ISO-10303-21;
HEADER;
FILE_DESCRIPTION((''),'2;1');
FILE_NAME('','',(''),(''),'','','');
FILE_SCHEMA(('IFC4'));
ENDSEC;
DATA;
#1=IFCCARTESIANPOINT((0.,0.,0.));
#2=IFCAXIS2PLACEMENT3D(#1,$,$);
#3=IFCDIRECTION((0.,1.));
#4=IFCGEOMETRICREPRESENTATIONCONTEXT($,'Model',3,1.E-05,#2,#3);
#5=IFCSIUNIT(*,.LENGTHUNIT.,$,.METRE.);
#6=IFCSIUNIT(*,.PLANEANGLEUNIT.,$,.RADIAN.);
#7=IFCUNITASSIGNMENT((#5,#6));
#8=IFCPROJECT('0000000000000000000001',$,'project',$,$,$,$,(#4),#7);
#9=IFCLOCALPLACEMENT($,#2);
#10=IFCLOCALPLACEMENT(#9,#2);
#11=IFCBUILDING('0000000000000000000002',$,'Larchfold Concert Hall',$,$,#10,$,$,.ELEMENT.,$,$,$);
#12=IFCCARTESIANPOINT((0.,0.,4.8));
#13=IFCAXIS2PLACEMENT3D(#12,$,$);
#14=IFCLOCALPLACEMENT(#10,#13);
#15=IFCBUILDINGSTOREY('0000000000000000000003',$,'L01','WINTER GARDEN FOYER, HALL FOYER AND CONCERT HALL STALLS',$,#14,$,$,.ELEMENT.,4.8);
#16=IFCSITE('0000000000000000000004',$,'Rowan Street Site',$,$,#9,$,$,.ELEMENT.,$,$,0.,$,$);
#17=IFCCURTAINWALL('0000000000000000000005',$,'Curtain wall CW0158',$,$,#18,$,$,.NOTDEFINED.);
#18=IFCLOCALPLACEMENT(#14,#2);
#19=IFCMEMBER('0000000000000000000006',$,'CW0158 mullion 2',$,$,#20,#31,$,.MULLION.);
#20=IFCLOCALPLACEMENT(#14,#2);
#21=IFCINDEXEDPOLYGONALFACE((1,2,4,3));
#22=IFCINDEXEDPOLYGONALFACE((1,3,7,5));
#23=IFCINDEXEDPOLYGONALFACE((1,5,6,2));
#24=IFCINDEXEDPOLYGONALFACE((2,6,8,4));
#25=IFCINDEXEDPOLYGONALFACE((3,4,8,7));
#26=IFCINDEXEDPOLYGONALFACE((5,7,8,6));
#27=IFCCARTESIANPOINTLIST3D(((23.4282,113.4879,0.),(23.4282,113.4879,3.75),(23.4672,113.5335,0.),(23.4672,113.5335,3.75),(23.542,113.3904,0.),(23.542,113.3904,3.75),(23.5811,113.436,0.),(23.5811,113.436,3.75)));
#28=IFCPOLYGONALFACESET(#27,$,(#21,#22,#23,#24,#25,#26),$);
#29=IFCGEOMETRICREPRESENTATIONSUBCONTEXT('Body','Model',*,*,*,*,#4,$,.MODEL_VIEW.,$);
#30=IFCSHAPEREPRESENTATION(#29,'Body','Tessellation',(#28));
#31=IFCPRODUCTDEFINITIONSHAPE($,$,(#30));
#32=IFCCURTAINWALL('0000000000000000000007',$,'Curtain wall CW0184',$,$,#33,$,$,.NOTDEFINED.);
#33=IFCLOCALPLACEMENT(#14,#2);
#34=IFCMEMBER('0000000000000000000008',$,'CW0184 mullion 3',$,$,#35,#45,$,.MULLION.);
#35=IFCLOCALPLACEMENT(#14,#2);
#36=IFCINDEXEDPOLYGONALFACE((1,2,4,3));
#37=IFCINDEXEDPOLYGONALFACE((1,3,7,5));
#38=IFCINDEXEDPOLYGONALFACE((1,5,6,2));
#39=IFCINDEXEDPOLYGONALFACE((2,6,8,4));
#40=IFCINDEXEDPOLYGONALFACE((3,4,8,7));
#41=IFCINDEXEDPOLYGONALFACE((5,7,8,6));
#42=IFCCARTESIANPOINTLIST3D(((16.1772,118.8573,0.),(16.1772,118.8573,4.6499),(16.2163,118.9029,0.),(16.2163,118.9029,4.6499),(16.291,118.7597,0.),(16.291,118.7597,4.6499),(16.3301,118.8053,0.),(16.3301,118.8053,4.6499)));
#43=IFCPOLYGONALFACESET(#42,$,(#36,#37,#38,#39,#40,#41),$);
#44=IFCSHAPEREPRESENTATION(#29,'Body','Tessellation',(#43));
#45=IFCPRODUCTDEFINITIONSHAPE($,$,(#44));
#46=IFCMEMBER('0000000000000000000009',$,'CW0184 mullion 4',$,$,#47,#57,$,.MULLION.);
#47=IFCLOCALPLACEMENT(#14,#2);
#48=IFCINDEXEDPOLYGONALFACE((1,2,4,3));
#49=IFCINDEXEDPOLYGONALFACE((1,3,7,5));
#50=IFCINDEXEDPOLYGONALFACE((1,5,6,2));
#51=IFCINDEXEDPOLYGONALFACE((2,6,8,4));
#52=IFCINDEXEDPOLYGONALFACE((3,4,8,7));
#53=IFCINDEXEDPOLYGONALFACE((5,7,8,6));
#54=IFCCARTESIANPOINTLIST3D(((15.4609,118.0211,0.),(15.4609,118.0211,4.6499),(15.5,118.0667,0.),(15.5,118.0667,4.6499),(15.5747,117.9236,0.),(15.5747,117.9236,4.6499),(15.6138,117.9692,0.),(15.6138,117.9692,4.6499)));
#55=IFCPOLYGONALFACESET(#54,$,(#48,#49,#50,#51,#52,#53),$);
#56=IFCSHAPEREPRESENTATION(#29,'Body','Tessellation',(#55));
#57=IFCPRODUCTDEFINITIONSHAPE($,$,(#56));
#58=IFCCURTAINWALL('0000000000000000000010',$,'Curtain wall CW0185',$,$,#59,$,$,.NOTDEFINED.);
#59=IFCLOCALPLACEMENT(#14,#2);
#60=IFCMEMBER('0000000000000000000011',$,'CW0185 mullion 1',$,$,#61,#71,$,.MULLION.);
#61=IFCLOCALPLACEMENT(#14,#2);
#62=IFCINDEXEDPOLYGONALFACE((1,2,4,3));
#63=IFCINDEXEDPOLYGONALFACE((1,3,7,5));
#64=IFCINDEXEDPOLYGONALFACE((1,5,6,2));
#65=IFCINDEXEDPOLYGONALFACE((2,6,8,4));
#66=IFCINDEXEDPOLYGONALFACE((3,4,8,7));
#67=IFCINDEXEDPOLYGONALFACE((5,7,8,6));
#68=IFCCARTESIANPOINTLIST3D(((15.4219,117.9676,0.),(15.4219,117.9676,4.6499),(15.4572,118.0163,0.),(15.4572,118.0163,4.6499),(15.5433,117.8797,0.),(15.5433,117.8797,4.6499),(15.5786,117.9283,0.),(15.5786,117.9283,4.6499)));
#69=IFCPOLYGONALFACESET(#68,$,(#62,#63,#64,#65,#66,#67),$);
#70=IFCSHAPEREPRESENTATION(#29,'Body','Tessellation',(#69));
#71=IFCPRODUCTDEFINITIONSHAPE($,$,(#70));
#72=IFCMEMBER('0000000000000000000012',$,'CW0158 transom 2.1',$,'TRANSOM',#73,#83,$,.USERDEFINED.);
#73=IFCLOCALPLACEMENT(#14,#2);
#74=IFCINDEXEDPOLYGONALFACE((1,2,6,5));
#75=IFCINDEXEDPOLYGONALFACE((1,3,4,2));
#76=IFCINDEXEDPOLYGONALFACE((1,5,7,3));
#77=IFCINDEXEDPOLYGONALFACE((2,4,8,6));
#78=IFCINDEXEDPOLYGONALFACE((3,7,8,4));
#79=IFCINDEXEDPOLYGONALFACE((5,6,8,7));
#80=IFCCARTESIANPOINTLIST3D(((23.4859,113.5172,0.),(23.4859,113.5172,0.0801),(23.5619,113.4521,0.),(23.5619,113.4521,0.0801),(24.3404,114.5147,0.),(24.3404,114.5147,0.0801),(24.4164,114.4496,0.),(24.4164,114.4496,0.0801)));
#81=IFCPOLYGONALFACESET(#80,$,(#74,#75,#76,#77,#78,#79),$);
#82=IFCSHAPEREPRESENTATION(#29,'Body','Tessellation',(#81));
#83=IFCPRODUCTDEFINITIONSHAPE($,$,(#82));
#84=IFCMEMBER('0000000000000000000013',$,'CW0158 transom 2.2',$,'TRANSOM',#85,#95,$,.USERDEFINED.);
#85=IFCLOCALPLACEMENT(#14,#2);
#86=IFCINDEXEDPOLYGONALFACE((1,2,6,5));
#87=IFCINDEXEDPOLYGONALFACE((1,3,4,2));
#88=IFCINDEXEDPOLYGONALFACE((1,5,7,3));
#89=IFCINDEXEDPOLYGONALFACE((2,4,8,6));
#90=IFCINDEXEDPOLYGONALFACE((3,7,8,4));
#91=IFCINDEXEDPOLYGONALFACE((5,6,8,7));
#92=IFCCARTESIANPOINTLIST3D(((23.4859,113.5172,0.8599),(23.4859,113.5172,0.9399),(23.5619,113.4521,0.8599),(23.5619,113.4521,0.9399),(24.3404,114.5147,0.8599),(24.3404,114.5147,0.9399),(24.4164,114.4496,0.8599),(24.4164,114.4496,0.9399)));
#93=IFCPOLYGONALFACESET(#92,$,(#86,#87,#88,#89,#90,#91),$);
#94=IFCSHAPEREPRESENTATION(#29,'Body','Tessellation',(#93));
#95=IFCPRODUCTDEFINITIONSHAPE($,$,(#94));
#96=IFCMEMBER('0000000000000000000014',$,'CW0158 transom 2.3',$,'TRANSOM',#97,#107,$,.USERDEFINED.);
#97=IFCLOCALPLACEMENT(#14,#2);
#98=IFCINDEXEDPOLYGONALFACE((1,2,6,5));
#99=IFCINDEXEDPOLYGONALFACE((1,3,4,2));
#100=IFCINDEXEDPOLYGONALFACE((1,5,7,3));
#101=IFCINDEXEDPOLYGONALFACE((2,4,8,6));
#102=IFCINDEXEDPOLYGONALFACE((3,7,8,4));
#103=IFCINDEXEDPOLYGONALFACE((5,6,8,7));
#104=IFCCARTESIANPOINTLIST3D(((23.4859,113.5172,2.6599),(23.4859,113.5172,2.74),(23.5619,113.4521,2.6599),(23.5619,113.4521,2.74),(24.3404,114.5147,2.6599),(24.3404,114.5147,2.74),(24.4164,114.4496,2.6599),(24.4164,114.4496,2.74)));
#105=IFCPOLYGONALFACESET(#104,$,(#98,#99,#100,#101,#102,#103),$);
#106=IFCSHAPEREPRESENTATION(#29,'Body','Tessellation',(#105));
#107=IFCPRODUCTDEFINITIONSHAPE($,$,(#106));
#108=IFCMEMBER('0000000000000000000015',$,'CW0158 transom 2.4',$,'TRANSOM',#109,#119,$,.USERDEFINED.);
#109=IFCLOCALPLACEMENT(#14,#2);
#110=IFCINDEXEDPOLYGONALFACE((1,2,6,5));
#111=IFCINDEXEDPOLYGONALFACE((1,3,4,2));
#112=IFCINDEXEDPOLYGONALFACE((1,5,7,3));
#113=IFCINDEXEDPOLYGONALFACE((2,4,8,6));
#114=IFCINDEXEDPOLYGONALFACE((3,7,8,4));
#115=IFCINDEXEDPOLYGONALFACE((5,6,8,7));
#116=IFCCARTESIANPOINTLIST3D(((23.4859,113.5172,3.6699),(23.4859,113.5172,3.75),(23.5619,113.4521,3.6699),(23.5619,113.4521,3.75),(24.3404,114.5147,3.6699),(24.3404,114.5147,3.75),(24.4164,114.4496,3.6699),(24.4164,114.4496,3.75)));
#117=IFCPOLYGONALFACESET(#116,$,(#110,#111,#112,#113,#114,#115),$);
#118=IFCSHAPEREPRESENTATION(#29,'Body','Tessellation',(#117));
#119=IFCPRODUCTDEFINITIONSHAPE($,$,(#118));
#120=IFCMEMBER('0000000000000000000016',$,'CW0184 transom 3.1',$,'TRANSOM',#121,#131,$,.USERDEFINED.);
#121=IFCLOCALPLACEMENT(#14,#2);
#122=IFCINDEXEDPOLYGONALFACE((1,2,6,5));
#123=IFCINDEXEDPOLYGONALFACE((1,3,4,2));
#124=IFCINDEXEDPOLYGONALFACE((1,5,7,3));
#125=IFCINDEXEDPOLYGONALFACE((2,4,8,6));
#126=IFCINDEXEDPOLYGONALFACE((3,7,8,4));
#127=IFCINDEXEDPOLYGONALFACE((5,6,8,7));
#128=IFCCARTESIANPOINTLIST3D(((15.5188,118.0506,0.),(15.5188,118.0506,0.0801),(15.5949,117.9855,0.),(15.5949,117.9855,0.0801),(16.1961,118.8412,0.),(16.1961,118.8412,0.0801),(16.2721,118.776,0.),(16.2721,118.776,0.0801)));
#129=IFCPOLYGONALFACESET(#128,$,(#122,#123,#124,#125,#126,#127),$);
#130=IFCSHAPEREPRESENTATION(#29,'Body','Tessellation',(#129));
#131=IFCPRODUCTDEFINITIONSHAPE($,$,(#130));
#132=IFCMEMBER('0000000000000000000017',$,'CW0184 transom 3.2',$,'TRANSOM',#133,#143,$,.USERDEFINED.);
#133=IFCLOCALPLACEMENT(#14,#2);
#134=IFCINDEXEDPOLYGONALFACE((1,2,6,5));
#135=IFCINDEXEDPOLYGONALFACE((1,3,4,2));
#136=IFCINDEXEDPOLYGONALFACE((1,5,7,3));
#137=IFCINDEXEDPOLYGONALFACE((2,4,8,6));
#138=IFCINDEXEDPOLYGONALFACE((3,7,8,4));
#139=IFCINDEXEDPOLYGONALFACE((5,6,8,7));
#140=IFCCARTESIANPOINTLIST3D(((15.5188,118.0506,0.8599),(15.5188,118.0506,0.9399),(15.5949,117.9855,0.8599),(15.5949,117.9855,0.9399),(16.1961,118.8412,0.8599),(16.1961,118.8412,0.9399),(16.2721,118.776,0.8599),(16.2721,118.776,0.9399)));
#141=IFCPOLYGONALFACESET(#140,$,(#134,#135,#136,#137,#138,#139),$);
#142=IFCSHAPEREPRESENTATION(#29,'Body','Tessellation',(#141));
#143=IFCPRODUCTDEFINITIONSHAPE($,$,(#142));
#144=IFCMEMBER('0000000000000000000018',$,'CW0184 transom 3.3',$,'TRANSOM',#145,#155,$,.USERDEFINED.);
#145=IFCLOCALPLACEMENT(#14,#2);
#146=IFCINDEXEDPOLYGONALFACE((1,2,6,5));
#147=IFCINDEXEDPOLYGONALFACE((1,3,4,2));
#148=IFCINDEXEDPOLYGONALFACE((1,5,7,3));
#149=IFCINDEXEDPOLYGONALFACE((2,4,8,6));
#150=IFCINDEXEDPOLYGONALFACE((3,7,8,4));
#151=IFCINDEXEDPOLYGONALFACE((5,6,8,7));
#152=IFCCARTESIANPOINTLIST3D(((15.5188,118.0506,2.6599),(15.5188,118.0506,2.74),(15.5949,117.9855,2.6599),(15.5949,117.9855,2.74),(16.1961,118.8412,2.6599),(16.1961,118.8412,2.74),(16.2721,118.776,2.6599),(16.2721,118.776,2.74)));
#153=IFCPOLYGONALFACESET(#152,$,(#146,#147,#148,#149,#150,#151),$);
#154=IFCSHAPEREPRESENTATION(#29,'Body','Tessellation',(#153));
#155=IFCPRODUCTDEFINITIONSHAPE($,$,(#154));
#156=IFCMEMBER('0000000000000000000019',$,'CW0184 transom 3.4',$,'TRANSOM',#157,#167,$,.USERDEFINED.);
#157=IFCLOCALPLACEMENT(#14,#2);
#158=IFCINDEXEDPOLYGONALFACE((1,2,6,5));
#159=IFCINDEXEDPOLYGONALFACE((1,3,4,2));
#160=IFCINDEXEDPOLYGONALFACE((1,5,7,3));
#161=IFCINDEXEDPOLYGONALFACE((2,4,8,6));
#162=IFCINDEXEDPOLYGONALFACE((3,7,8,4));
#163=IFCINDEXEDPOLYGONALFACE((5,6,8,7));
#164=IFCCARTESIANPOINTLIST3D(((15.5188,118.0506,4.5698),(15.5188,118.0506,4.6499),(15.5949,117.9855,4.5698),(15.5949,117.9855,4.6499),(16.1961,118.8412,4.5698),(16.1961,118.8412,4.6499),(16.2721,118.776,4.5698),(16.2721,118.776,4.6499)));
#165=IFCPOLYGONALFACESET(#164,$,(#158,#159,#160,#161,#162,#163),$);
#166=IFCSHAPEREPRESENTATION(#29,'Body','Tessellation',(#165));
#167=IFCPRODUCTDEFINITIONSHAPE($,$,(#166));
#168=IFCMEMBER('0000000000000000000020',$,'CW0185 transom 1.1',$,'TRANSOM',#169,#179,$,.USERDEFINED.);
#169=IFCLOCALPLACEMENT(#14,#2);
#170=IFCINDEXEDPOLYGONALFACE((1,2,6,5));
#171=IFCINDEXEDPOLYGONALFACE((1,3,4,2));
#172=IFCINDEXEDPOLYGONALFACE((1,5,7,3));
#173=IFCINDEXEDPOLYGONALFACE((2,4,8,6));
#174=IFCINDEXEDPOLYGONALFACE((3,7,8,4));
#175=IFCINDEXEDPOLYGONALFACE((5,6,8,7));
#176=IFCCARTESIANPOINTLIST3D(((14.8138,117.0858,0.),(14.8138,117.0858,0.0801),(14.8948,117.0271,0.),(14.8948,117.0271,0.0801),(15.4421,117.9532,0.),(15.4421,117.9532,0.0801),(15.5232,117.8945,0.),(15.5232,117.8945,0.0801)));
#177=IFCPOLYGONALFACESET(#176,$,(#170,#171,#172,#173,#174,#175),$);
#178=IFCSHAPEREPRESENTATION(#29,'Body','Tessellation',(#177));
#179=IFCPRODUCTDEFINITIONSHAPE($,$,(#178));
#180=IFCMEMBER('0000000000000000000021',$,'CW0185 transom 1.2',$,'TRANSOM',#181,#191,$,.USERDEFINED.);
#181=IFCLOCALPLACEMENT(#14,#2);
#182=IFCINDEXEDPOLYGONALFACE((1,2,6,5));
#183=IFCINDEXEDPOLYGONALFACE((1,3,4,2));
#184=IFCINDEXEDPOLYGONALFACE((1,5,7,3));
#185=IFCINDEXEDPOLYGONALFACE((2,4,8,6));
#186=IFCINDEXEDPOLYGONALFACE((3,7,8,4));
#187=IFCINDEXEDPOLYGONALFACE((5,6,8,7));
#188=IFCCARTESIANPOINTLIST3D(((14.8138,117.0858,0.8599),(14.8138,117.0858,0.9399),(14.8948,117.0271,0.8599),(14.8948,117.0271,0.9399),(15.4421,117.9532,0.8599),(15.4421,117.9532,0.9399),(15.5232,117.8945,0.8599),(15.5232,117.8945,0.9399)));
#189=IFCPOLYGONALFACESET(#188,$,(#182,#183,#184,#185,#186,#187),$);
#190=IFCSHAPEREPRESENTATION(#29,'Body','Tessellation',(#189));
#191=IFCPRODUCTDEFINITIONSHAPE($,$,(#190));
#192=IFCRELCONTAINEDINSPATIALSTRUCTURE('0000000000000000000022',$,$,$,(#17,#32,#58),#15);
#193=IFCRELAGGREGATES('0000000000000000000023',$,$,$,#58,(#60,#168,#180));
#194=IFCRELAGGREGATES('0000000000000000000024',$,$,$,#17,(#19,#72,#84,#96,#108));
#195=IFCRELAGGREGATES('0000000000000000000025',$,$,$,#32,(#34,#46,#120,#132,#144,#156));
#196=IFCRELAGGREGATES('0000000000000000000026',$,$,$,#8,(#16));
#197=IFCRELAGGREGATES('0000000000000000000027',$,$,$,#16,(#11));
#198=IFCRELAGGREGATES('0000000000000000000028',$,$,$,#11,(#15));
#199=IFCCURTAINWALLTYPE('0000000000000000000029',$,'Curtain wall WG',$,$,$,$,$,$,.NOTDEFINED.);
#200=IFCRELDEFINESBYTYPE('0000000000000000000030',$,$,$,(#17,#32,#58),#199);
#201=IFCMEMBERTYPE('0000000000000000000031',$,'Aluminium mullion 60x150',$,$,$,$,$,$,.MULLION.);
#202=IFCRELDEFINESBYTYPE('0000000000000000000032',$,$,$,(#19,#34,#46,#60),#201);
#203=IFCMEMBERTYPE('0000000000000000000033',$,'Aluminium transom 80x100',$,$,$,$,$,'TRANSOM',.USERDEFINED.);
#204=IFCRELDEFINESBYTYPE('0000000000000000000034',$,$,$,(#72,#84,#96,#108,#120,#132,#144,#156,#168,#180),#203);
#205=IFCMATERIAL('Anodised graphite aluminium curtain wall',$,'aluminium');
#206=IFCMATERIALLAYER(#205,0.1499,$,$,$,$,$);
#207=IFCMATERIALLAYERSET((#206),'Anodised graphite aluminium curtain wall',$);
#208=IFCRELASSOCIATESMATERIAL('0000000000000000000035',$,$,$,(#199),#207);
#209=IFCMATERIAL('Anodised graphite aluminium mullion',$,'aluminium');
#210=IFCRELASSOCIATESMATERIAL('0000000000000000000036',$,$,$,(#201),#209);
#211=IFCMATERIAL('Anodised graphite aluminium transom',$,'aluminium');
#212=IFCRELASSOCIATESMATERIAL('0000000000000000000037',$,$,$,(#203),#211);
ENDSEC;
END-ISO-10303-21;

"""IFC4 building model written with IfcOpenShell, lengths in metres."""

from ifc_helpers import new_model, si_unit, direction, frame, origin, origin_2d, place, context, subcontext, project, spatial, rectangle, extrude, material, layer, layer_set, material_profile, profile_set, type_object, element, aggregate, save


model = new_model("IFC4")

# Units and contexts
model_context = context("Model", 3, precision=1e-05, world=origin(), true_north=direction((0.0, 1.0)))
body_context = subcontext(model_context, "Body", "Model", "MODEL_VIEW")
ifc_project = project(units=[si_unit("LENGTHUNIT", "METRE"), si_unit("PLANEANGLEUNIT", "RADIAN")], contexts=[model_context])

# Site, building, storey
site_placement = place(None, origin())
site = spatial("IfcSite", under=ifc_project, at=site_placement, Name="Rowan Street Site", CompositionType="ELEMENT", RefElevation=0.0)
building_placement = place(site_placement, origin())
building = spatial("IfcBuilding", under=site, at=building_placement, Name="Larchfold Concert Hall", CompositionType="ELEMENT")
storey_placement = place(building_placement, frame((0.0, 0.0, 4.8)))
storey = spatial("IfcBuildingStorey", under=building, at=storey_placement, Name="L01", Description="WINTER GARDEN FOYER, HALL FOYER AND CONCERT HALL STALLS", CompositionType="ELEMENT", Elevation=4.8)

# Curtain wall, member
ifc_material_1 = material(Name="Anodised graphite aluminium curtain wall", Category="aluminium")
ifc_layer_1 = layer(ifc_material_1, 0.1499)
ifc_layer_set_1 = layer_set([ifc_layer_1], Name="Anodised graphite aluminium curtain wall")
curtain_wall_type = type_object("IfcCurtainWallType", Name="Curtain wall WG", PredefinedType="NOTDEFINED", material=ifc_layer_set_1)
curtain_wall_1_placement = place(storey_placement, origin())
curtain_wall_1 = element("IfcCurtainWall", 1, at=curtain_wall_1_placement, inside=storey, type_object=curtain_wall_type, Name="Curtain wall CW0158", PredefinedType="NOTDEFINED")
ifc_material_2 = material(Name="Anodised graphite aluminium mullion", Category="aluminium")
ifc_material_profile_1 = material_profile(ifc_material_2, rectangle(XDim=0.1499, YDim=0.0601, at=origin_2d()))
ifc_profile_set_1 = profile_set([ifc_material_profile_1], Name="Anodised graphite aluminium mullion")
member_type_1 = type_object("IfcMemberType", Name="Aluminium mullion 60x150", PredefinedType="MULLION", material=ifc_profile_set_1)
member_1_placement = place(storey_placement, frame((23.5046, 113.4619, 0.0), z_axis=(0.0, 0.0, 1.0), x_axis=(-0.759496, 0.650512, 0.0)))
member_1 = element("IfcMember", 2, at=member_1_placement, type_object=member_type_1, Name="CW0158 mullion 2", PredefinedType="MULLION", context=body_context, shape_type="SweptSolid", body=[
    extrude(rectangle(XDim=0.1499, YDim=0.0601, at=origin_2d()), origin(), (0.0, 0.0, 1.0), 3.75),
])

# Curtain wall, members
curtain_wall_2_placement = place(storey_placement, origin())
curtain_wall_2 = element("IfcCurtainWall", 3, at=curtain_wall_2_placement, inside=storey, type_object=curtain_wall_type, Name="Curtain wall CW0184", PredefinedType="NOTDEFINED")
member_2_placement = place(storey_placement, frame((16.2537, 118.8313, 0.0), z_axis=(0.0, 0.0, 1.0), x_axis=(0.759445, -0.650572, 0.0)))
member_2 = element("IfcMember", 4, at=member_2_placement, type_object=member_type_1, Name="CW0184 mullion 3", PredefinedType="MULLION", context=body_context, shape_type="SweptSolid", body=[
    extrude(rectangle(XDim=0.1499, YDim=0.0601, at=origin_2d()), origin(), (0.0, 0.0, 1.0), 4.6499),
])
member_3_placement = place(storey_placement, frame((15.5374, 117.9951, 0.0), z_axis=(0.0, 0.0, 1.0), x_axis=(0.759445, -0.650572, 0.0)))
member_3 = element("IfcMember", 5, at=member_3_placement, type_object=member_type_1, Name="CW0184 mullion 4", PredefinedType="MULLION", context=body_context, shape_type="SweptSolid", body=[
    extrude(rectangle(XDim=0.1499, YDim=0.0601, at=origin_2d()), origin(), (0.0, 0.0, 1.0), 4.6499),
])

# Curtain wall, member
curtain_wall_3_placement = place(storey_placement, origin())
curtain_wall_3 = element("IfcCurtainWall", 6, at=curtain_wall_3_placement, inside=storey, type_object=curtain_wall_type, Name="Curtain wall CW0185", PredefinedType="NOTDEFINED")
member_4_placement = place(storey_placement, frame((15.5002, 117.948, 0.0), z_axis=(0.0, 0.0, 1.0), x_axis=(0.809847, -0.586641, 0.0)))
member_4 = element("IfcMember", 7, at=member_4_placement, type_object=member_type_1, Name="CW0185 mullion 1", PredefinedType="MULLION", context=body_context, shape_type="SweptSolid", body=[
    extrude(rectangle(XDim=0.1499, YDim=0.0601, at=origin_2d()), origin(), (0.0, 0.0, 1.0), 4.6499),
])

# Members
ifc_material_3 = material(Name="Anodised graphite aluminium transom", Category="aluminium")
ifc_material_profile_2 = material_profile(ifc_material_3, rectangle(XDim=0.1001, YDim=0.0801, at=origin_2d()))
ifc_profile_set_2 = profile_set([ifc_material_profile_2], Name="Anodised graphite aluminium transom")
member_type_2 = type_object("IfcMemberType", Name="Aluminium transom 80x100", ElementType="TRANSOM", PredefinedType="USERDEFINED", material=ifc_profile_set_2)
member_5_placement = place(storey_placement, frame((23.5239, 113.4846, 0.04), z_axis=(0.650546, 0.759466, 0.0), x_axis=(-0.759466, 0.650546, 0.0)))
member_5 = element("IfcMember", 8, at=member_5_placement, type_object=member_type_2, Name="CW0158 transom 2.1", ObjectType="TRANSOM", PredefinedType="USERDEFINED", context=body_context, shape_type="SweptSolid", body=[
    extrude(rectangle(XDim=0.1001, YDim=0.0801, at=origin_2d()), origin(), (0.0, 0.0, 1.0), 1.3135),
])
member_6_placement = place(storey_placement, frame((23.5239, 113.4846, 0.8999), z_axis=(0.650546, 0.759466, 0.0), x_axis=(-0.759466, 0.650546, 0.0)))
member_6 = element("IfcMember", 9, at=member_6_placement, type_object=member_type_2, Name="CW0158 transom 2.2", ObjectType="TRANSOM", PredefinedType="USERDEFINED", context=body_context, shape_type="SweptSolid", body=[
    extrude(rectangle(XDim=0.1001, YDim=0.0801, at=origin_2d()), origin(), (0.0, 0.0, 1.0), 1.3135),
])
member_7_placement = place(storey_placement, frame((23.5239, 113.4846, 2.7), z_axis=(0.650546, 0.759466, 0.0), x_axis=(-0.759466, 0.650546, 0.0)))
member_7 = element("IfcMember", 10, at=member_7_placement, type_object=member_type_2, Name="CW0158 transom 2.3", ObjectType="TRANSOM", PredefinedType="USERDEFINED", context=body_context, shape_type="SweptSolid", body=[
    extrude(rectangle(XDim=0.1001, YDim=0.0801, at=origin_2d()), origin(), (0.0, 0.0, 1.0), 1.3135),
])
member_8_placement = place(storey_placement, frame((23.5239, 113.4846, 3.71), z_axis=(0.650546, 0.759466, 0.0), x_axis=(-0.759466, 0.650546, 0.0)))
member_8 = element("IfcMember", 11, at=member_8_placement, type_object=member_type_2, Name="CW0158 transom 2.4", ObjectType="TRANSOM", PredefinedType="USERDEFINED", context=body_context, shape_type="SweptSolid", body=[
    extrude(rectangle(XDim=0.1001, YDim=0.0801, at=origin_2d()), origin(), (0.0, 0.0, 1.0), 1.3135),
])
member_9_placement = place(storey_placement, frame((16.2341, 118.8086, 0.04), z_axis=(-0.650598, -0.759422, 0.0), x_axis=(0.759422, -0.650598, 0.0)))
member_9 = element("IfcMember", 12, at=member_9_placement, type_object=member_type_2, Name="CW0184 transom 3.1", ObjectType="TRANSOM", PredefinedType="USERDEFINED", context=body_context, shape_type="SweptSolid", body=[
    extrude(rectangle(XDim=0.1001, YDim=0.0801, at=origin_2d()), origin(), (0.0, 0.0, 1.0), 1.041),
])
member_10_placement = place(storey_placement, frame((16.2341, 118.8086, 0.8999), z_axis=(-0.650598, -0.759422, 0.0), x_axis=(0.759422, -0.650598, 0.0)))
member_10 = element("IfcMember", 13, at=member_10_placement, type_object=member_type_2, Name="CW0184 transom 3.2", ObjectType="TRANSOM", PredefinedType="USERDEFINED", context=body_context, shape_type="SweptSolid", body=[
    extrude(rectangle(XDim=0.1001, YDim=0.0801, at=origin_2d()), origin(), (0.0, 0.0, 1.0), 1.041),
])
member_11_placement = place(storey_placement, frame((16.2341, 118.8086, 2.7), z_axis=(-0.650598, -0.759422, 0.0), x_axis=(0.759422, -0.650598, 0.0)))
member_11 = element("IfcMember", 14, at=member_11_placement, type_object=member_type_2, Name="CW0184 transom 3.3", ObjectType="TRANSOM", PredefinedType="USERDEFINED", context=body_context, shape_type="SweptSolid", body=[
    extrude(rectangle(XDim=0.1001, YDim=0.0801, at=origin_2d()), origin(), (0.0, 0.0, 1.0), 1.041),
])
member_12_placement = place(storey_placement, frame((16.2341, 118.8086, 4.6099), z_axis=(-0.650598, -0.759422, 0.0), x_axis=(0.759422, -0.650598, 0.0)))
member_12 = element("IfcMember", 15, at=member_12_placement, type_object=member_type_2, Name="CW0184 transom 3.4", ObjectType="TRANSOM", PredefinedType="USERDEFINED", context=body_context, shape_type="SweptSolid", body=[
    extrude(rectangle(XDim=0.1001, YDim=0.0801, at=origin_2d()), origin(), (0.0, 0.0, 1.0), 1.041),
])
member_13_placement = place(storey_placement, frame((15.4827, 117.9238, 0.04), z_axis=(-0.58668, -0.809819, 0.0), x_axis=(0.809819, -0.58668, 0.0)))
member_13 = element("IfcMember", 16, at=member_13_placement, type_object=member_type_2, Name="CW0185 transom 1.1", ObjectType="TRANSOM", PredefinedType="USERDEFINED", context=body_context, shape_type="SweptSolid", body=[
    extrude(rectangle(XDim=0.1001, YDim=0.0801, at=origin_2d()), origin(), (0.0, 0.0, 1.0), 1.071),
])
member_14_placement = place(storey_placement, frame((15.4827, 117.9238, 0.8999), z_axis=(-0.58668, -0.809819, 0.0), x_axis=(0.809819, -0.58668, 0.0)))
member_14 = element("IfcMember", 17, at=member_14_placement, type_object=member_type_2, Name="CW0185 transom 1.2", ObjectType="TRANSOM", PredefinedType="USERDEFINED", context=body_context, shape_type="SweptSolid", body=[
    extrude(rectangle(XDim=0.1001, YDim=0.0801, at=origin_2d()), origin(), (0.0, 0.0, 1.0), 1.071),
])

aggregate(curtain_wall_3, [member_4, member_13, member_14])
aggregate(curtain_wall_1, [member_1, member_5, member_6, member_7, member_8])
aggregate(curtain_wall_2, [member_2, member_3, member_9, member_10, member_11, member_12])

save(model, "model.ifc")
